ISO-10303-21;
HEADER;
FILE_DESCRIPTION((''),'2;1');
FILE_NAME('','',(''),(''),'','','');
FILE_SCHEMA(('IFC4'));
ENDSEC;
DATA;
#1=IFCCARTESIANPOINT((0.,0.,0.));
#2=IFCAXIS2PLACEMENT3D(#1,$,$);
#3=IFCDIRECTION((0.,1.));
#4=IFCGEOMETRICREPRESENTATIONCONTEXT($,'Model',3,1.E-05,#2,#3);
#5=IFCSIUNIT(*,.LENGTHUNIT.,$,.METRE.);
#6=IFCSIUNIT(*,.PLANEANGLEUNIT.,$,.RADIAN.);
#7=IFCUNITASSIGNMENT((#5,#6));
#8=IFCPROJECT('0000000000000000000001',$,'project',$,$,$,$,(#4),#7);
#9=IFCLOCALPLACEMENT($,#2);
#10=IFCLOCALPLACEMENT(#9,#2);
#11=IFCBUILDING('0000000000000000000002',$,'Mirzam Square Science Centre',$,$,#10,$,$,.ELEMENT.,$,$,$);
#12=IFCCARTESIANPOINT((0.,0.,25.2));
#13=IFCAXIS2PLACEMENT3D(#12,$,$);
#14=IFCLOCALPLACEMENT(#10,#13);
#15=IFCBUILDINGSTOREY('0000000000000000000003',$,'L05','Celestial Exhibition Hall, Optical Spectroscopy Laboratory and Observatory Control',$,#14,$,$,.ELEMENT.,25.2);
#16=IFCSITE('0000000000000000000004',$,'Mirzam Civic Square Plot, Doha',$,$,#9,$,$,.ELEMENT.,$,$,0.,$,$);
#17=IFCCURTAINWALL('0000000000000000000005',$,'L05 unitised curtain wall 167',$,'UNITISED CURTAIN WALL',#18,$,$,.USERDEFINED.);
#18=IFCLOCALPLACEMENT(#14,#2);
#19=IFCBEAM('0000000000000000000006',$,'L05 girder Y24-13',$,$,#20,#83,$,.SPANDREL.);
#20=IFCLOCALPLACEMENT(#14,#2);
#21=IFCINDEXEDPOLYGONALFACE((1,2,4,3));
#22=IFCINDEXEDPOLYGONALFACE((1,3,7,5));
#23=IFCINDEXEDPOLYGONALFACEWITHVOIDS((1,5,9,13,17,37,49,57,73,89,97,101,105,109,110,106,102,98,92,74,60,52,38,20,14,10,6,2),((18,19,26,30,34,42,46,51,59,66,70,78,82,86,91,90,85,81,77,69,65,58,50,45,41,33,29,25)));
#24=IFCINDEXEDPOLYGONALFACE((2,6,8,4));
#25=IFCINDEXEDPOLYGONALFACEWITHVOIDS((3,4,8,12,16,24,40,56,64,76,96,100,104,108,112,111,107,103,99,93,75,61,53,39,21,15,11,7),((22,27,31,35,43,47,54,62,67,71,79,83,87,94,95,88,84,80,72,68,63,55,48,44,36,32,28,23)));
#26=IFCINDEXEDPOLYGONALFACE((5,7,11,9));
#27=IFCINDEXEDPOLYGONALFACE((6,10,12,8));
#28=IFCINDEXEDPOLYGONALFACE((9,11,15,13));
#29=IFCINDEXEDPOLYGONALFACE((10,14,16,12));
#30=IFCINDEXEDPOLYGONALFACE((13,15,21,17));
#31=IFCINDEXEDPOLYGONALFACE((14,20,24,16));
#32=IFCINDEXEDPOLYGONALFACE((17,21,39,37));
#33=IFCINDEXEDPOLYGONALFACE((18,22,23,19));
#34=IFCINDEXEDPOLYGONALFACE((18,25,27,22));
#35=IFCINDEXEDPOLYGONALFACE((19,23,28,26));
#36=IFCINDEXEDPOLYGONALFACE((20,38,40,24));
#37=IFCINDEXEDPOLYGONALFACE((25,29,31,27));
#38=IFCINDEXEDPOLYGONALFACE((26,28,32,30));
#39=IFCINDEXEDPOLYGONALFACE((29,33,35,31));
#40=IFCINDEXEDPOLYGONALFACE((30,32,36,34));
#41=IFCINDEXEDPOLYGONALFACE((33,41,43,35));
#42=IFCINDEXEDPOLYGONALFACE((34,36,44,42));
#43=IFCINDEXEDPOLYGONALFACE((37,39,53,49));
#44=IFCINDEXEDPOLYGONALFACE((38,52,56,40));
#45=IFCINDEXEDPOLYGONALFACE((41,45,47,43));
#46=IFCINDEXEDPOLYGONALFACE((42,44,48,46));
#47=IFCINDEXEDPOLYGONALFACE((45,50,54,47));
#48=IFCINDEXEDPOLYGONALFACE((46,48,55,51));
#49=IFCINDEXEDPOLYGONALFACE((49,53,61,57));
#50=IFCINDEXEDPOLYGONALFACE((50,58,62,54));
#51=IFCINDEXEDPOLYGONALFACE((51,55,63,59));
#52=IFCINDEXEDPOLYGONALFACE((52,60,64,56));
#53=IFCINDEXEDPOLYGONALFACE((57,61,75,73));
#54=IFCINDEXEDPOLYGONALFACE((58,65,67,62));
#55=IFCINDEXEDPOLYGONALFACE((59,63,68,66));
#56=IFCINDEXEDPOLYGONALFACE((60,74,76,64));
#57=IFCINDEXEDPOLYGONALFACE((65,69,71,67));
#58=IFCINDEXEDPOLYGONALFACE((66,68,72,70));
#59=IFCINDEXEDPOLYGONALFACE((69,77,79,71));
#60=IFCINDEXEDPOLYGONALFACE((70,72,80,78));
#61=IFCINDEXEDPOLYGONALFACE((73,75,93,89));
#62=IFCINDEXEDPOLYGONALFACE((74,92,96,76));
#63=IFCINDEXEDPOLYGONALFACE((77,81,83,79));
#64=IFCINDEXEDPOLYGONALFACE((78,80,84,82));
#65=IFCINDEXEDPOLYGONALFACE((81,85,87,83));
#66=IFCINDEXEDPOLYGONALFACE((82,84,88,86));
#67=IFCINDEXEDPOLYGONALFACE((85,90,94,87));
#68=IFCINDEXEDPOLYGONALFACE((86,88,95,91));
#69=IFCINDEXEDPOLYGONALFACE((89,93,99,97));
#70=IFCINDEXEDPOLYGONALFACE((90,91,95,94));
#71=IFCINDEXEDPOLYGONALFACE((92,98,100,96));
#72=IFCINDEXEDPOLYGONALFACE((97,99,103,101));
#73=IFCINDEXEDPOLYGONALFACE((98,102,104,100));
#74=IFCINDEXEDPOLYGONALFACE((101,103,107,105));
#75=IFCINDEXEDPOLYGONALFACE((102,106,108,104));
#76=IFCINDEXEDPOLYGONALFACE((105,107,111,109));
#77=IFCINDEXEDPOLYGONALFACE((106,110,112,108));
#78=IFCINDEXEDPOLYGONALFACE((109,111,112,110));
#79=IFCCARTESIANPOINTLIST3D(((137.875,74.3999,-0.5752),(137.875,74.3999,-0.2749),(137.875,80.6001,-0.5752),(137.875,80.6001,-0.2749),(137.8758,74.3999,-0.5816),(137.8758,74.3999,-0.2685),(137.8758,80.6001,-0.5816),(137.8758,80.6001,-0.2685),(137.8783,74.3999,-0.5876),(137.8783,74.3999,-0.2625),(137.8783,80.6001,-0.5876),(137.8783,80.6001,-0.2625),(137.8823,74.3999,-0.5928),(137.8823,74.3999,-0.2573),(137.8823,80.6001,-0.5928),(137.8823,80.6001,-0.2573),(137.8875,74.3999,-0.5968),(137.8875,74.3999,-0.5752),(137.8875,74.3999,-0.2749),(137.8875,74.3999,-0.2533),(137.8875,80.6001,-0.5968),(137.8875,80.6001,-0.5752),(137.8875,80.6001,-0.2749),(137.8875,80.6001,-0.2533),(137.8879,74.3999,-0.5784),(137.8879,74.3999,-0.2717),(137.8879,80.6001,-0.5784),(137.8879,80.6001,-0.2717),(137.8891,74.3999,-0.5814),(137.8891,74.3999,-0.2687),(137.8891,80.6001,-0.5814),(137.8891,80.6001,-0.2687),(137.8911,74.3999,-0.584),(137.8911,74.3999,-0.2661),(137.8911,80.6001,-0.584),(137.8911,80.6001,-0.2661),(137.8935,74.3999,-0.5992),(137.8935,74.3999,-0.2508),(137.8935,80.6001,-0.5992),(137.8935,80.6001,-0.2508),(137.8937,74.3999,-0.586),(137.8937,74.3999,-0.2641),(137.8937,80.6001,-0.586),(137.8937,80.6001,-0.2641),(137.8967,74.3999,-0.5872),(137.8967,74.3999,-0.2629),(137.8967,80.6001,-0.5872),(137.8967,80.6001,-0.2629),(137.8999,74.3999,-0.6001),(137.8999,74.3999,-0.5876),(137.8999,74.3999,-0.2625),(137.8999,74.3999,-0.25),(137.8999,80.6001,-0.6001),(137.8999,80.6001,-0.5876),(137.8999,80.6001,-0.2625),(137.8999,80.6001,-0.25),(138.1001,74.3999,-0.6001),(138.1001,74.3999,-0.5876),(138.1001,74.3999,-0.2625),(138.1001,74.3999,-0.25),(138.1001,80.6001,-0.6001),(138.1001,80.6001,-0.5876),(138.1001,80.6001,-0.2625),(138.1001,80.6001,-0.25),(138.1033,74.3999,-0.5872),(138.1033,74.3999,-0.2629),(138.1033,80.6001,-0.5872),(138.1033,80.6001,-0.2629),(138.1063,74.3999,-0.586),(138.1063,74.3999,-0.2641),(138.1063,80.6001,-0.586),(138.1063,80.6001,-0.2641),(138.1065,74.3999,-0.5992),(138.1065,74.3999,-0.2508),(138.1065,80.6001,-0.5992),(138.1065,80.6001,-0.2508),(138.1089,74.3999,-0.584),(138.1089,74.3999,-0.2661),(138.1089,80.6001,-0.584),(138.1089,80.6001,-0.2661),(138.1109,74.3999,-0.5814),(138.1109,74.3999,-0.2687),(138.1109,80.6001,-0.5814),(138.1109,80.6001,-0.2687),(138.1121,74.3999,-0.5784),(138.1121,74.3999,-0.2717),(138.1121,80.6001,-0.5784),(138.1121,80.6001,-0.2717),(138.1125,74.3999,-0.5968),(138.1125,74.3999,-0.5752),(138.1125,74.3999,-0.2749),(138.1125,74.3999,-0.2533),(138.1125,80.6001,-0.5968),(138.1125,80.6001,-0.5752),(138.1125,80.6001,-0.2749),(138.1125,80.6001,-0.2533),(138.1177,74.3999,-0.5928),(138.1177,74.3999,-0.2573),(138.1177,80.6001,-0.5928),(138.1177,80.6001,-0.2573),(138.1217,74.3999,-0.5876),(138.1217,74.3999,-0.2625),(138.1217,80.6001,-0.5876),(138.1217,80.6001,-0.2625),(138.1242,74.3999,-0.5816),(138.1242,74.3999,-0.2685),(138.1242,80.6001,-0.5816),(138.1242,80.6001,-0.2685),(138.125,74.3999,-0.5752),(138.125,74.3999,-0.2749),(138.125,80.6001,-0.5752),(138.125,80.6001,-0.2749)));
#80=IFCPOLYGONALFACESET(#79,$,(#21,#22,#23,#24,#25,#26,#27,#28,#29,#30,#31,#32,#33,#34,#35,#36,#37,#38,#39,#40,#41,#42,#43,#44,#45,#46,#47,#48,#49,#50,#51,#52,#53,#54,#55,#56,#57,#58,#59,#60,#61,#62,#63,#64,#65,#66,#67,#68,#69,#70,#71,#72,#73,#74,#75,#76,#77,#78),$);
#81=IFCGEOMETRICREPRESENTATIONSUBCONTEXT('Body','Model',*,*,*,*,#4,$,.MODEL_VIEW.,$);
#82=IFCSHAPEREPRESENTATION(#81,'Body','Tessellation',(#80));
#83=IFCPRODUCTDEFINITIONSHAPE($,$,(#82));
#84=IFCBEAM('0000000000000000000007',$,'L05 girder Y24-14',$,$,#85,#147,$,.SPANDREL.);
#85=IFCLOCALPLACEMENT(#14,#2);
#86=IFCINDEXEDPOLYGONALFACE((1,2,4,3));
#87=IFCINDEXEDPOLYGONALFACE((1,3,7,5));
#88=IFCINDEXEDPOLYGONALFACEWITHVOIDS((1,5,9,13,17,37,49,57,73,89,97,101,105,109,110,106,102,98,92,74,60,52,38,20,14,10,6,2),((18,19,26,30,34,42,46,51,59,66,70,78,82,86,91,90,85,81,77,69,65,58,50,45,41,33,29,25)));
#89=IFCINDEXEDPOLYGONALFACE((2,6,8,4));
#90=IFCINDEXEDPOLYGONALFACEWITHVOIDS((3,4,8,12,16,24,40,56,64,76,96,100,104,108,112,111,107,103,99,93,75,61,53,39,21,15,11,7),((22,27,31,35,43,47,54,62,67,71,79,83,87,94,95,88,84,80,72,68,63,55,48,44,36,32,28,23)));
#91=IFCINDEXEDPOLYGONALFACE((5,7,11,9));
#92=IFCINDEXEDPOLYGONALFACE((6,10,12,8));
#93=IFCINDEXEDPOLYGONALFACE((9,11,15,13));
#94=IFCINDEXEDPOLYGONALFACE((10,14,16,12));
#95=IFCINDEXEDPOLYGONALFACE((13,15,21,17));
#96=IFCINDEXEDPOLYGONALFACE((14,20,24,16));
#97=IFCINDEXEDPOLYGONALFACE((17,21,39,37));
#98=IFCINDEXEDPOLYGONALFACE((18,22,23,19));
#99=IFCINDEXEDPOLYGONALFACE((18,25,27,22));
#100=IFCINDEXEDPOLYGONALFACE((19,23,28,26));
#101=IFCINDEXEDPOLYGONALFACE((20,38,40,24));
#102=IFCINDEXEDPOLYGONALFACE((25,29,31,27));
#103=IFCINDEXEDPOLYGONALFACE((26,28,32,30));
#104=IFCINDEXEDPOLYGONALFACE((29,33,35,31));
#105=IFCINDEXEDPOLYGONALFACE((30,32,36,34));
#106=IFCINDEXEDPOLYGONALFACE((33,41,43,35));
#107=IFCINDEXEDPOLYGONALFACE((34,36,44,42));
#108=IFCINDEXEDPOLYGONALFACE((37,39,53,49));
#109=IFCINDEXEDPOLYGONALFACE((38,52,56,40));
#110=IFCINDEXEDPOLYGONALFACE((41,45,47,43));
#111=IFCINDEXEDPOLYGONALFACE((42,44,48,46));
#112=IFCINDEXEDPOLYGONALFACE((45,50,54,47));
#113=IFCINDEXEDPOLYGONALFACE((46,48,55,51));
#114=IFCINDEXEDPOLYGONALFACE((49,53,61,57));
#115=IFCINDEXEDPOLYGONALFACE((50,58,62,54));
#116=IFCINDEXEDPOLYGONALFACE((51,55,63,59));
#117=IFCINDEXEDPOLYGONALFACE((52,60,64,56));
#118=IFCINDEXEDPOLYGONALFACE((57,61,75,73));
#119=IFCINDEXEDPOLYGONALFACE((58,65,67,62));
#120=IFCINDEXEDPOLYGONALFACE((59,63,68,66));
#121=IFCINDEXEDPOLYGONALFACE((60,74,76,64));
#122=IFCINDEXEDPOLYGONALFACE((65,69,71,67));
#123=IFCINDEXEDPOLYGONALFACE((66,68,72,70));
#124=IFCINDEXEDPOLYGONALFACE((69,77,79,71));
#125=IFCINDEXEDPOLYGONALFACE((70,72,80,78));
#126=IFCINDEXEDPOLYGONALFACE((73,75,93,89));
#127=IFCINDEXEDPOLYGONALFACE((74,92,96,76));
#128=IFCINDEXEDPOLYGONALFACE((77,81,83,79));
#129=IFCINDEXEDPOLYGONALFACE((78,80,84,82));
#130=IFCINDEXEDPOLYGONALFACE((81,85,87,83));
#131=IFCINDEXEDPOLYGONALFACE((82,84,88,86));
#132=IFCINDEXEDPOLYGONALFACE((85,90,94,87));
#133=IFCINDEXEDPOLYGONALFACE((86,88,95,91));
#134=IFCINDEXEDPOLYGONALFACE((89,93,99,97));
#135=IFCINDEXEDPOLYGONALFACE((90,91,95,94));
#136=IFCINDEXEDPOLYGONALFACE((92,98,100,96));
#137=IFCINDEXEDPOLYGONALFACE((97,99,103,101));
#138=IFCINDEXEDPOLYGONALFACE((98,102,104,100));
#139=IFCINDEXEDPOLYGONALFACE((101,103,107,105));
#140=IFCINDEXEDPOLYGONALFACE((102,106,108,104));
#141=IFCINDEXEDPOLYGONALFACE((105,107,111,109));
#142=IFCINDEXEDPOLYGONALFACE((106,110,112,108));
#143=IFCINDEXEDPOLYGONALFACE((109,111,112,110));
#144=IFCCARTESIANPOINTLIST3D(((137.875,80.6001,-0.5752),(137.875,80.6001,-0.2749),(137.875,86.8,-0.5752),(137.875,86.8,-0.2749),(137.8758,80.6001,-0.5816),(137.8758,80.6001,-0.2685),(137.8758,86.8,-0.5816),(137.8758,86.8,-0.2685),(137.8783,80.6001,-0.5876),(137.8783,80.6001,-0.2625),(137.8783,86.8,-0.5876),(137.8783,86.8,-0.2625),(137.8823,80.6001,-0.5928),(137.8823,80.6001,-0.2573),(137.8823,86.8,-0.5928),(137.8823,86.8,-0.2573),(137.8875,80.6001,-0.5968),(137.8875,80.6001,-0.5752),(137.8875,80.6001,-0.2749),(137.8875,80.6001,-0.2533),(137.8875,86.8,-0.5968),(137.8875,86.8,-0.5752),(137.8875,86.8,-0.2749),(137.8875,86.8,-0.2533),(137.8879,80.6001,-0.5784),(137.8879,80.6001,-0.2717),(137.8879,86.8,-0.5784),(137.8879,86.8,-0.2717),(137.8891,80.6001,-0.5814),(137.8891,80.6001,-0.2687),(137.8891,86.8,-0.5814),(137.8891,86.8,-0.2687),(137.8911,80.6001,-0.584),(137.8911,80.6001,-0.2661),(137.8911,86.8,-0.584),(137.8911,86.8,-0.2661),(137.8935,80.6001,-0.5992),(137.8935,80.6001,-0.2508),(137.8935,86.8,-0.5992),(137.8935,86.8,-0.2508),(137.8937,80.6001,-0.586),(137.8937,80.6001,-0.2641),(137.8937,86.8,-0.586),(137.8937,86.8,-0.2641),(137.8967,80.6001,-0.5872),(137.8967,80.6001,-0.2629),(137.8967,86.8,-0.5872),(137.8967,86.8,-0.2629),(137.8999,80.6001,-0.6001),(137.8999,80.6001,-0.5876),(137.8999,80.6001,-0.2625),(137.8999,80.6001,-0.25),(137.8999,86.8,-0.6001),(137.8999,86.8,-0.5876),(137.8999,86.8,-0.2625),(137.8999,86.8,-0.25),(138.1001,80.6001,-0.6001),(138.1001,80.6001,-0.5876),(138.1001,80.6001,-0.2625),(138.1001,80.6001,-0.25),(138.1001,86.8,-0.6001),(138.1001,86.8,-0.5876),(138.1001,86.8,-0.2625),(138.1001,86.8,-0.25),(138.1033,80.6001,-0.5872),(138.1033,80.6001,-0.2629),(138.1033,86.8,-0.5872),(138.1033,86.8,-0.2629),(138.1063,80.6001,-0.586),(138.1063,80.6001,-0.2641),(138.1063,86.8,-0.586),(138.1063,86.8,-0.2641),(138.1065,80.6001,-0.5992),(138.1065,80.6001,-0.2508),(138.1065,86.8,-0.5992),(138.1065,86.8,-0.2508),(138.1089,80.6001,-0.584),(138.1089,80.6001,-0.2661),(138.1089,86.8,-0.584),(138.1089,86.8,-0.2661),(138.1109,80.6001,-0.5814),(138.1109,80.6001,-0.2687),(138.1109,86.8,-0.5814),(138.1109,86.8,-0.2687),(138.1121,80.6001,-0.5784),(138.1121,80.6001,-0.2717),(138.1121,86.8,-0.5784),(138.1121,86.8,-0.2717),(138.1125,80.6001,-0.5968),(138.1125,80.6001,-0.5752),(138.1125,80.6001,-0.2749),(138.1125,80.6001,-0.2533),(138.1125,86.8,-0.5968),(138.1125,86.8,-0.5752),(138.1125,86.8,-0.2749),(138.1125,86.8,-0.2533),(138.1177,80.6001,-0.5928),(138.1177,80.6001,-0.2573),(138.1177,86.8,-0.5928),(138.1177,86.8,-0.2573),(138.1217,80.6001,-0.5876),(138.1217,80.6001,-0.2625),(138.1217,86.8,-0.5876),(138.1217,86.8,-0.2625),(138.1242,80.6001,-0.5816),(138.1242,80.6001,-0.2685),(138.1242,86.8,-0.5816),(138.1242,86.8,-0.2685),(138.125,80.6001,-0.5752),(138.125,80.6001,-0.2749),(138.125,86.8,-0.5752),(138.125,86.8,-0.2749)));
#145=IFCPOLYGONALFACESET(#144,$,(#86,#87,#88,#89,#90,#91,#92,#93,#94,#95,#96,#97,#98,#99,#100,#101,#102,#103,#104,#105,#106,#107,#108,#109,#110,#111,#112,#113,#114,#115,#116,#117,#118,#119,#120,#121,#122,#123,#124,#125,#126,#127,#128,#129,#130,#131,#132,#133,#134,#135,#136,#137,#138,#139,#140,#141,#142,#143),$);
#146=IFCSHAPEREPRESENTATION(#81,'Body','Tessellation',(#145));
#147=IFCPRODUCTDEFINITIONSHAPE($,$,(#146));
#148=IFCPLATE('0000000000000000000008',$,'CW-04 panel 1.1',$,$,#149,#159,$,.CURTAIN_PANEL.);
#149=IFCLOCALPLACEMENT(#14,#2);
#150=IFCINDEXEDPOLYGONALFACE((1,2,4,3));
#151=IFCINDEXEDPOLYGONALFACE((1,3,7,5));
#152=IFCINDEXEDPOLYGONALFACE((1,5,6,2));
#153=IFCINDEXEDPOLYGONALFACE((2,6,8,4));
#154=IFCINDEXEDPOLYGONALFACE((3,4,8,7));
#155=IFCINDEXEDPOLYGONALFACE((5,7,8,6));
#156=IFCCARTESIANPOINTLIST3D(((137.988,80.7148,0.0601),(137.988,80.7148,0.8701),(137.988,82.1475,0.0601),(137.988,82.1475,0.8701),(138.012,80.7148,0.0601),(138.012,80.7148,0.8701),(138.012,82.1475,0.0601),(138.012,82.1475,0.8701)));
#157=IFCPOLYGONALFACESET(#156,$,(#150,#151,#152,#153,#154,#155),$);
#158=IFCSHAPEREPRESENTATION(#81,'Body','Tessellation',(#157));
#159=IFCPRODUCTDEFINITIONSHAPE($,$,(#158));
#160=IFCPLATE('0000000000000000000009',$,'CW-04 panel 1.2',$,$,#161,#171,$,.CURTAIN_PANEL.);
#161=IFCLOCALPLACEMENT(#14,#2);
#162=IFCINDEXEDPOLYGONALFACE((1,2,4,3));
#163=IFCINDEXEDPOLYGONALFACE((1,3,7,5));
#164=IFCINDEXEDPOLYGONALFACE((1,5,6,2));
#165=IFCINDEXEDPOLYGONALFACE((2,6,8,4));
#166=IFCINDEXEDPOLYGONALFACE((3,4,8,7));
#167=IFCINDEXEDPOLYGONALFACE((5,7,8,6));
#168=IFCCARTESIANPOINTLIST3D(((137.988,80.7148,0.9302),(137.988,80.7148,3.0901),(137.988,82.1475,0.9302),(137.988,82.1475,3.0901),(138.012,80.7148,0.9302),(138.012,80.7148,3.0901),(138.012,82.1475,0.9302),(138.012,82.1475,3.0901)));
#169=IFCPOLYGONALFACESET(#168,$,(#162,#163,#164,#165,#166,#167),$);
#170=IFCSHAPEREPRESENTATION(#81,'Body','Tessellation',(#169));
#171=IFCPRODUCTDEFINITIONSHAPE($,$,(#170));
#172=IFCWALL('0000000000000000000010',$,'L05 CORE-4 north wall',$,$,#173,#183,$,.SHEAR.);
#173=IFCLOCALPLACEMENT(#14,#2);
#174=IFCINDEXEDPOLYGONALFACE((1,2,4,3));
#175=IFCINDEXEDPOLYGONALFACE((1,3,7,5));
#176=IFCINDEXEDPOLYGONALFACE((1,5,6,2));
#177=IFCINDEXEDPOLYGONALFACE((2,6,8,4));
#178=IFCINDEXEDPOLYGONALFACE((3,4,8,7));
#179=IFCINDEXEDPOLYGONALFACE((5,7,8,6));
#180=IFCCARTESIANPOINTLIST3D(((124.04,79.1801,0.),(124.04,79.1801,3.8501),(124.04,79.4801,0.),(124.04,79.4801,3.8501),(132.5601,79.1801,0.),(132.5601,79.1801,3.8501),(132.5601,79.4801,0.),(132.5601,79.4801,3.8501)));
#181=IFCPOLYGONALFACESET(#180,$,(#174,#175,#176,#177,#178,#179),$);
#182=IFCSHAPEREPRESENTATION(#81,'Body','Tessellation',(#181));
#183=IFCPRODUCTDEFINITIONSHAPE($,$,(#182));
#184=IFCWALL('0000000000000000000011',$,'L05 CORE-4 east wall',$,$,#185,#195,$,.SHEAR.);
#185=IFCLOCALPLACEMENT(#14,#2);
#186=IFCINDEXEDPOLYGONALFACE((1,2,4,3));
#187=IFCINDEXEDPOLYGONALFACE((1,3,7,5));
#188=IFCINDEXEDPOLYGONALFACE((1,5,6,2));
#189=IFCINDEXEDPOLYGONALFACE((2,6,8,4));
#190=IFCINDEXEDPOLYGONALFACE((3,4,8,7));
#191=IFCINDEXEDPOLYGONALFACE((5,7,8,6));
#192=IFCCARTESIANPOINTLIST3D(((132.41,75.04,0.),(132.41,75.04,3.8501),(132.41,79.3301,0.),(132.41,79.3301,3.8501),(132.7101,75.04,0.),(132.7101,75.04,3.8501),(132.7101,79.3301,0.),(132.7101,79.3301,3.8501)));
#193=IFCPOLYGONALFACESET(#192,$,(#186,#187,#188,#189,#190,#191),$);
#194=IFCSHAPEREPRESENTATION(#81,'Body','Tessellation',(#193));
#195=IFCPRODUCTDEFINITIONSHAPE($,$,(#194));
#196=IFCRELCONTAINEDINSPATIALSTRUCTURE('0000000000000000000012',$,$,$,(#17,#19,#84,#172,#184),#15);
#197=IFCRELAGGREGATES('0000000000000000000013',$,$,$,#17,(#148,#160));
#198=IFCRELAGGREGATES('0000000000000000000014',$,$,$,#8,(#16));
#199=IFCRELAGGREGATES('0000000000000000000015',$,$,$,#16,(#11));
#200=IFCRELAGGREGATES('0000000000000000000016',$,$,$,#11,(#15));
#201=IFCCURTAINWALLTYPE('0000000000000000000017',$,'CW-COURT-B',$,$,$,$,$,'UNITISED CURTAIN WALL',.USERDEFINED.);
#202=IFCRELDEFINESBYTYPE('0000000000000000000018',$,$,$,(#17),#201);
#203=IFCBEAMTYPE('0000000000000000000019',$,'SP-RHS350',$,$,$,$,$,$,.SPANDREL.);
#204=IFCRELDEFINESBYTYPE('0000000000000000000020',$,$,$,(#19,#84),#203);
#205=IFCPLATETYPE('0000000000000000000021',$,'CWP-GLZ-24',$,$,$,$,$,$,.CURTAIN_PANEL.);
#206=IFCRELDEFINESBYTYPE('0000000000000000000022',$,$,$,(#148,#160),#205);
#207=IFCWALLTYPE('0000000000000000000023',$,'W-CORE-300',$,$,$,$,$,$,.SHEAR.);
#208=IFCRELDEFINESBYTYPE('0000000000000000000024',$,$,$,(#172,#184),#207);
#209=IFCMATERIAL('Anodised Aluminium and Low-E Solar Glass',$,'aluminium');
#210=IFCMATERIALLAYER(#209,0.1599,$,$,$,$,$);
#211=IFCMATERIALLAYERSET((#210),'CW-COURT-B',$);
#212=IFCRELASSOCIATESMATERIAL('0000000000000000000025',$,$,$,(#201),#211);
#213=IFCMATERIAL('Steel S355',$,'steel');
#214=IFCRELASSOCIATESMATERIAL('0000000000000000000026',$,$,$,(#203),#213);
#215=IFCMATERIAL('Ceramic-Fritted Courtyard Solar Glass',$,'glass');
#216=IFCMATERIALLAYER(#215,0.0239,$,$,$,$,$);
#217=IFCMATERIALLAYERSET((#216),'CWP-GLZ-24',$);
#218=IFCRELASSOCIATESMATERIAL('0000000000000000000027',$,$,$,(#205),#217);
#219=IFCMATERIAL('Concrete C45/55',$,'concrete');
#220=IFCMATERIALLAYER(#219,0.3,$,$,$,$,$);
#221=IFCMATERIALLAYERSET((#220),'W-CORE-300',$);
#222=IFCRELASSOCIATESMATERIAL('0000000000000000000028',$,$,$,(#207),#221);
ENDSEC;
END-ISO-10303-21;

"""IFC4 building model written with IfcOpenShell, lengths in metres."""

from ifc_helpers import new_model, si_unit, direction, frame, frame_2d, origin, origin_2d, place, context, subcontext, project, spatial, rectangle, hollow_rectangle, extrude, material, layer, layer_set, material_profile, profile_set, type_object, element, aggregate, save


model = new_model("IFC4")

# Units and contexts
model_context = context("Model", 3, precision=1e-05, world=origin(), true_north=direction((0.0, 1.0)))
body_context = subcontext(model_context, "Body", "Model", "MODEL_VIEW")
ifc_project = project(units=[si_unit("LENGTHUNIT", "METRE"), si_unit("PLANEANGLEUNIT", "RADIAN")], contexts=[model_context])

# Site, building, storey
site_placement = place(None, origin())
site = spatial("IfcSite", under=ifc_project, at=site_placement, Name="Mirzam Civic Square Plot, Doha", CompositionType="ELEMENT", RefElevation=0.0)
building_placement = place(site_placement, origin())
building = spatial("IfcBuilding", under=site, at=building_placement, Name="Mirzam Square Science Centre", CompositionType="ELEMENT")
storey_placement = place(building_placement, frame((0.0, 0.0, 25.2)))
storey = spatial("IfcBuildingStorey", under=building, at=storey_placement, Name="L05", Description="Celestial Exhibition Hall, Optical Spectroscopy Laboratory and Observatory Control", CompositionType="ELEMENT", Elevation=25.2)

# Shared definitions
ifc_material_1 = material(Name="Steel S355", Category="steel")

# Curtain wall
ifc_material_2 = material(Name="Anodised Aluminium and Low-E Solar Glass", Category="aluminium")
ifc_layer_1 = layer(ifc_material_2, 0.1599)
ifc_layer_set_1 = layer_set([ifc_layer_1], Name="CW-COURT-B")
curtain_wall_type = type_object("IfcCurtainWallType", Name="CW-COURT-B", ElementType="UNITISED CURTAIN WALL", PredefinedType="USERDEFINED", material=ifc_layer_set_1)
curtain_wall_placement = place(storey_placement, origin())
curtain_wall = element("IfcCurtainWall", 1, at=curtain_wall_placement, inside=storey, type_object=curtain_wall_type, Name="L05 unitised curtain wall 167", ObjectType="UNITISED CURTAIN WALL", PredefinedType="USERDEFINED")

# Beams
ifc_material_profile_1 = material_profile(ifc_material_1, hollow_rectangle(XDim=0.25, YDim=0.3501, WallThickness=0.0125, InnerFilletRadius=0.0125, OuterFilletRadius=0.0249, at=origin_2d()), Name="350x250x12.5RHS")
ifc_profile_set_1 = profile_set([ifc_material_profile_1], Name="Steel S355")
beam_type_1 = type_object("IfcBeamType", Name="SP-RHS350", PredefinedType="SPANDREL", material=ifc_profile_set_1)
beam_1_placement = place(storey_placement, frame((138.0, 74.3999, -0.425), z_axis=(0.0, 1.0, 0.0), x_axis=(-1.0, 0.0, 0.0)))
element("IfcBeam", 2, at=beam_1_placement, inside=storey, type_object=beam_type_1, Name="L05 girder Y24-13", PredefinedType="SPANDREL", context=body_context, shape_type="SweptSolid", body=[
    extrude(hollow_rectangle(XDim=0.25, YDim=0.3501, WallThickness=0.0125, InnerFilletRadius=0.0125, OuterFilletRadius=0.0249, at=origin_2d()), origin(), (0.0, 0.0, 1.0), 6.2002),
])
beam_2_placement = place(storey_placement, frame((138.0, 80.6001, -0.425), z_axis=(0.0, 1.0, 0.0), x_axis=(-1.0, 0.0, 0.0)))
element("IfcBeam", 3, at=beam_2_placement, inside=storey, type_object=beam_type_1, Name="L05 girder Y24-14", PredefinedType="SPANDREL", context=body_context, shape_type="SweptSolid", body=[
    extrude(hollow_rectangle(XDim=0.25, YDim=0.3501, WallThickness=0.0125, InnerFilletRadius=0.0125, OuterFilletRadius=0.0249, at=origin_2d()), origin(), (0.0, 0.0, 1.0), 6.2),
])

# Plates
ifc_material_3 = material(Name="Ceramic-Fritted Courtyard Solar Glass", Category="glass")
ifc_layer_2 = layer(ifc_material_3, 0.0239)
ifc_layer_set_2 = layer_set([ifc_layer_2], Name="CWP-GLZ-24")
plate_type = type_object("IfcPlateType", Name="CWP-GLZ-24", PredefinedType="CURTAIN_PANEL", material=ifc_layer_set_2)
plate_1_placement = place(storey_placement, frame((138.0, 81.4312, 0.0601), z_axis=(0.0, 0.0, 1.0), x_axis=(0.0, 1.0, 0.0)))
plate_1 = element("IfcPlate", 4, at=plate_1_placement, type_object=plate_type, Name="CW-04 panel 1.1", PredefinedType="CURTAIN_PANEL", context=body_context, shape_type="SweptSolid", body=[
    extrude(rectangle(XDim=1.4326, YDim=0.0239, at=origin_2d()), origin(), (0.0, 0.0, 1.0), 0.8101),
])
plate_2_placement = place(storey_placement, frame((138.0, 81.4312, 0.9302), z_axis=(0.0, 0.0, 1.0), x_axis=(0.0, 1.0, 0.0)))
plate_2 = element("IfcPlate", 5, at=plate_2_placement, type_object=plate_type, Name="CW-04 panel 1.2", PredefinedType="CURTAIN_PANEL", context=body_context, shape_type="SweptSolid", body=[
    extrude(rectangle(XDim=1.4326, YDim=0.0239, at=origin_2d()), origin(), (0.0, 0.0, 1.0), 2.1599),
])
aggregate(curtain_wall, [plate_1, plate_2])

# Walls
ifc_material_4 = material(Name="Concrete C45/55", Category="concrete")
ifc_layer_3 = layer(ifc_material_4, 0.3)
ifc_layer_set_3 = layer_set([ifc_layer_3], Name="W-CORE-300")
wall_type_1 = type_object("IfcWallType", Name="W-CORE-300", PredefinedType="SHEAR", material=ifc_layer_set_3)
wall_1_placement = place(storey_placement, frame((132.5601, 79.3301, 0.0), z_axis=(0.0, 0.0, 1.0), x_axis=(-1.0, 0.0, 0.0)))
element("IfcWall", 6, at=wall_1_placement, inside=storey, type_object=wall_type_1, Name="L05 CORE-4 north wall", PredefinedType="SHEAR", context=body_context, shape_type="SweptSolid", body=[
    extrude(rectangle(XDim=8.52, YDim=0.3, at=frame_2d((4.26, 0.0))), origin(), (0.0, 0.0, 1.0), 3.8501),
])
wall_2_placement = place(storey_placement, frame((132.5601, 75.04, 0.0), z_axis=(0.0, 0.0, 1.0), x_axis=(0.0, 1.0, 0.0)))
element("IfcWall", 7, at=wall_2_placement, inside=storey, type_object=wall_type_1, Name="L05 CORE-4 east wall", PredefinedType="SHEAR", context=body_context, shape_type="SweptSolid", body=[
    extrude(rectangle(XDim=4.29, YDim=0.3, at=frame_2d((2.145, 0.0))), origin(), (0.0, 0.0, 1.0), 3.8501),
])

save(model, "model.ifc")
